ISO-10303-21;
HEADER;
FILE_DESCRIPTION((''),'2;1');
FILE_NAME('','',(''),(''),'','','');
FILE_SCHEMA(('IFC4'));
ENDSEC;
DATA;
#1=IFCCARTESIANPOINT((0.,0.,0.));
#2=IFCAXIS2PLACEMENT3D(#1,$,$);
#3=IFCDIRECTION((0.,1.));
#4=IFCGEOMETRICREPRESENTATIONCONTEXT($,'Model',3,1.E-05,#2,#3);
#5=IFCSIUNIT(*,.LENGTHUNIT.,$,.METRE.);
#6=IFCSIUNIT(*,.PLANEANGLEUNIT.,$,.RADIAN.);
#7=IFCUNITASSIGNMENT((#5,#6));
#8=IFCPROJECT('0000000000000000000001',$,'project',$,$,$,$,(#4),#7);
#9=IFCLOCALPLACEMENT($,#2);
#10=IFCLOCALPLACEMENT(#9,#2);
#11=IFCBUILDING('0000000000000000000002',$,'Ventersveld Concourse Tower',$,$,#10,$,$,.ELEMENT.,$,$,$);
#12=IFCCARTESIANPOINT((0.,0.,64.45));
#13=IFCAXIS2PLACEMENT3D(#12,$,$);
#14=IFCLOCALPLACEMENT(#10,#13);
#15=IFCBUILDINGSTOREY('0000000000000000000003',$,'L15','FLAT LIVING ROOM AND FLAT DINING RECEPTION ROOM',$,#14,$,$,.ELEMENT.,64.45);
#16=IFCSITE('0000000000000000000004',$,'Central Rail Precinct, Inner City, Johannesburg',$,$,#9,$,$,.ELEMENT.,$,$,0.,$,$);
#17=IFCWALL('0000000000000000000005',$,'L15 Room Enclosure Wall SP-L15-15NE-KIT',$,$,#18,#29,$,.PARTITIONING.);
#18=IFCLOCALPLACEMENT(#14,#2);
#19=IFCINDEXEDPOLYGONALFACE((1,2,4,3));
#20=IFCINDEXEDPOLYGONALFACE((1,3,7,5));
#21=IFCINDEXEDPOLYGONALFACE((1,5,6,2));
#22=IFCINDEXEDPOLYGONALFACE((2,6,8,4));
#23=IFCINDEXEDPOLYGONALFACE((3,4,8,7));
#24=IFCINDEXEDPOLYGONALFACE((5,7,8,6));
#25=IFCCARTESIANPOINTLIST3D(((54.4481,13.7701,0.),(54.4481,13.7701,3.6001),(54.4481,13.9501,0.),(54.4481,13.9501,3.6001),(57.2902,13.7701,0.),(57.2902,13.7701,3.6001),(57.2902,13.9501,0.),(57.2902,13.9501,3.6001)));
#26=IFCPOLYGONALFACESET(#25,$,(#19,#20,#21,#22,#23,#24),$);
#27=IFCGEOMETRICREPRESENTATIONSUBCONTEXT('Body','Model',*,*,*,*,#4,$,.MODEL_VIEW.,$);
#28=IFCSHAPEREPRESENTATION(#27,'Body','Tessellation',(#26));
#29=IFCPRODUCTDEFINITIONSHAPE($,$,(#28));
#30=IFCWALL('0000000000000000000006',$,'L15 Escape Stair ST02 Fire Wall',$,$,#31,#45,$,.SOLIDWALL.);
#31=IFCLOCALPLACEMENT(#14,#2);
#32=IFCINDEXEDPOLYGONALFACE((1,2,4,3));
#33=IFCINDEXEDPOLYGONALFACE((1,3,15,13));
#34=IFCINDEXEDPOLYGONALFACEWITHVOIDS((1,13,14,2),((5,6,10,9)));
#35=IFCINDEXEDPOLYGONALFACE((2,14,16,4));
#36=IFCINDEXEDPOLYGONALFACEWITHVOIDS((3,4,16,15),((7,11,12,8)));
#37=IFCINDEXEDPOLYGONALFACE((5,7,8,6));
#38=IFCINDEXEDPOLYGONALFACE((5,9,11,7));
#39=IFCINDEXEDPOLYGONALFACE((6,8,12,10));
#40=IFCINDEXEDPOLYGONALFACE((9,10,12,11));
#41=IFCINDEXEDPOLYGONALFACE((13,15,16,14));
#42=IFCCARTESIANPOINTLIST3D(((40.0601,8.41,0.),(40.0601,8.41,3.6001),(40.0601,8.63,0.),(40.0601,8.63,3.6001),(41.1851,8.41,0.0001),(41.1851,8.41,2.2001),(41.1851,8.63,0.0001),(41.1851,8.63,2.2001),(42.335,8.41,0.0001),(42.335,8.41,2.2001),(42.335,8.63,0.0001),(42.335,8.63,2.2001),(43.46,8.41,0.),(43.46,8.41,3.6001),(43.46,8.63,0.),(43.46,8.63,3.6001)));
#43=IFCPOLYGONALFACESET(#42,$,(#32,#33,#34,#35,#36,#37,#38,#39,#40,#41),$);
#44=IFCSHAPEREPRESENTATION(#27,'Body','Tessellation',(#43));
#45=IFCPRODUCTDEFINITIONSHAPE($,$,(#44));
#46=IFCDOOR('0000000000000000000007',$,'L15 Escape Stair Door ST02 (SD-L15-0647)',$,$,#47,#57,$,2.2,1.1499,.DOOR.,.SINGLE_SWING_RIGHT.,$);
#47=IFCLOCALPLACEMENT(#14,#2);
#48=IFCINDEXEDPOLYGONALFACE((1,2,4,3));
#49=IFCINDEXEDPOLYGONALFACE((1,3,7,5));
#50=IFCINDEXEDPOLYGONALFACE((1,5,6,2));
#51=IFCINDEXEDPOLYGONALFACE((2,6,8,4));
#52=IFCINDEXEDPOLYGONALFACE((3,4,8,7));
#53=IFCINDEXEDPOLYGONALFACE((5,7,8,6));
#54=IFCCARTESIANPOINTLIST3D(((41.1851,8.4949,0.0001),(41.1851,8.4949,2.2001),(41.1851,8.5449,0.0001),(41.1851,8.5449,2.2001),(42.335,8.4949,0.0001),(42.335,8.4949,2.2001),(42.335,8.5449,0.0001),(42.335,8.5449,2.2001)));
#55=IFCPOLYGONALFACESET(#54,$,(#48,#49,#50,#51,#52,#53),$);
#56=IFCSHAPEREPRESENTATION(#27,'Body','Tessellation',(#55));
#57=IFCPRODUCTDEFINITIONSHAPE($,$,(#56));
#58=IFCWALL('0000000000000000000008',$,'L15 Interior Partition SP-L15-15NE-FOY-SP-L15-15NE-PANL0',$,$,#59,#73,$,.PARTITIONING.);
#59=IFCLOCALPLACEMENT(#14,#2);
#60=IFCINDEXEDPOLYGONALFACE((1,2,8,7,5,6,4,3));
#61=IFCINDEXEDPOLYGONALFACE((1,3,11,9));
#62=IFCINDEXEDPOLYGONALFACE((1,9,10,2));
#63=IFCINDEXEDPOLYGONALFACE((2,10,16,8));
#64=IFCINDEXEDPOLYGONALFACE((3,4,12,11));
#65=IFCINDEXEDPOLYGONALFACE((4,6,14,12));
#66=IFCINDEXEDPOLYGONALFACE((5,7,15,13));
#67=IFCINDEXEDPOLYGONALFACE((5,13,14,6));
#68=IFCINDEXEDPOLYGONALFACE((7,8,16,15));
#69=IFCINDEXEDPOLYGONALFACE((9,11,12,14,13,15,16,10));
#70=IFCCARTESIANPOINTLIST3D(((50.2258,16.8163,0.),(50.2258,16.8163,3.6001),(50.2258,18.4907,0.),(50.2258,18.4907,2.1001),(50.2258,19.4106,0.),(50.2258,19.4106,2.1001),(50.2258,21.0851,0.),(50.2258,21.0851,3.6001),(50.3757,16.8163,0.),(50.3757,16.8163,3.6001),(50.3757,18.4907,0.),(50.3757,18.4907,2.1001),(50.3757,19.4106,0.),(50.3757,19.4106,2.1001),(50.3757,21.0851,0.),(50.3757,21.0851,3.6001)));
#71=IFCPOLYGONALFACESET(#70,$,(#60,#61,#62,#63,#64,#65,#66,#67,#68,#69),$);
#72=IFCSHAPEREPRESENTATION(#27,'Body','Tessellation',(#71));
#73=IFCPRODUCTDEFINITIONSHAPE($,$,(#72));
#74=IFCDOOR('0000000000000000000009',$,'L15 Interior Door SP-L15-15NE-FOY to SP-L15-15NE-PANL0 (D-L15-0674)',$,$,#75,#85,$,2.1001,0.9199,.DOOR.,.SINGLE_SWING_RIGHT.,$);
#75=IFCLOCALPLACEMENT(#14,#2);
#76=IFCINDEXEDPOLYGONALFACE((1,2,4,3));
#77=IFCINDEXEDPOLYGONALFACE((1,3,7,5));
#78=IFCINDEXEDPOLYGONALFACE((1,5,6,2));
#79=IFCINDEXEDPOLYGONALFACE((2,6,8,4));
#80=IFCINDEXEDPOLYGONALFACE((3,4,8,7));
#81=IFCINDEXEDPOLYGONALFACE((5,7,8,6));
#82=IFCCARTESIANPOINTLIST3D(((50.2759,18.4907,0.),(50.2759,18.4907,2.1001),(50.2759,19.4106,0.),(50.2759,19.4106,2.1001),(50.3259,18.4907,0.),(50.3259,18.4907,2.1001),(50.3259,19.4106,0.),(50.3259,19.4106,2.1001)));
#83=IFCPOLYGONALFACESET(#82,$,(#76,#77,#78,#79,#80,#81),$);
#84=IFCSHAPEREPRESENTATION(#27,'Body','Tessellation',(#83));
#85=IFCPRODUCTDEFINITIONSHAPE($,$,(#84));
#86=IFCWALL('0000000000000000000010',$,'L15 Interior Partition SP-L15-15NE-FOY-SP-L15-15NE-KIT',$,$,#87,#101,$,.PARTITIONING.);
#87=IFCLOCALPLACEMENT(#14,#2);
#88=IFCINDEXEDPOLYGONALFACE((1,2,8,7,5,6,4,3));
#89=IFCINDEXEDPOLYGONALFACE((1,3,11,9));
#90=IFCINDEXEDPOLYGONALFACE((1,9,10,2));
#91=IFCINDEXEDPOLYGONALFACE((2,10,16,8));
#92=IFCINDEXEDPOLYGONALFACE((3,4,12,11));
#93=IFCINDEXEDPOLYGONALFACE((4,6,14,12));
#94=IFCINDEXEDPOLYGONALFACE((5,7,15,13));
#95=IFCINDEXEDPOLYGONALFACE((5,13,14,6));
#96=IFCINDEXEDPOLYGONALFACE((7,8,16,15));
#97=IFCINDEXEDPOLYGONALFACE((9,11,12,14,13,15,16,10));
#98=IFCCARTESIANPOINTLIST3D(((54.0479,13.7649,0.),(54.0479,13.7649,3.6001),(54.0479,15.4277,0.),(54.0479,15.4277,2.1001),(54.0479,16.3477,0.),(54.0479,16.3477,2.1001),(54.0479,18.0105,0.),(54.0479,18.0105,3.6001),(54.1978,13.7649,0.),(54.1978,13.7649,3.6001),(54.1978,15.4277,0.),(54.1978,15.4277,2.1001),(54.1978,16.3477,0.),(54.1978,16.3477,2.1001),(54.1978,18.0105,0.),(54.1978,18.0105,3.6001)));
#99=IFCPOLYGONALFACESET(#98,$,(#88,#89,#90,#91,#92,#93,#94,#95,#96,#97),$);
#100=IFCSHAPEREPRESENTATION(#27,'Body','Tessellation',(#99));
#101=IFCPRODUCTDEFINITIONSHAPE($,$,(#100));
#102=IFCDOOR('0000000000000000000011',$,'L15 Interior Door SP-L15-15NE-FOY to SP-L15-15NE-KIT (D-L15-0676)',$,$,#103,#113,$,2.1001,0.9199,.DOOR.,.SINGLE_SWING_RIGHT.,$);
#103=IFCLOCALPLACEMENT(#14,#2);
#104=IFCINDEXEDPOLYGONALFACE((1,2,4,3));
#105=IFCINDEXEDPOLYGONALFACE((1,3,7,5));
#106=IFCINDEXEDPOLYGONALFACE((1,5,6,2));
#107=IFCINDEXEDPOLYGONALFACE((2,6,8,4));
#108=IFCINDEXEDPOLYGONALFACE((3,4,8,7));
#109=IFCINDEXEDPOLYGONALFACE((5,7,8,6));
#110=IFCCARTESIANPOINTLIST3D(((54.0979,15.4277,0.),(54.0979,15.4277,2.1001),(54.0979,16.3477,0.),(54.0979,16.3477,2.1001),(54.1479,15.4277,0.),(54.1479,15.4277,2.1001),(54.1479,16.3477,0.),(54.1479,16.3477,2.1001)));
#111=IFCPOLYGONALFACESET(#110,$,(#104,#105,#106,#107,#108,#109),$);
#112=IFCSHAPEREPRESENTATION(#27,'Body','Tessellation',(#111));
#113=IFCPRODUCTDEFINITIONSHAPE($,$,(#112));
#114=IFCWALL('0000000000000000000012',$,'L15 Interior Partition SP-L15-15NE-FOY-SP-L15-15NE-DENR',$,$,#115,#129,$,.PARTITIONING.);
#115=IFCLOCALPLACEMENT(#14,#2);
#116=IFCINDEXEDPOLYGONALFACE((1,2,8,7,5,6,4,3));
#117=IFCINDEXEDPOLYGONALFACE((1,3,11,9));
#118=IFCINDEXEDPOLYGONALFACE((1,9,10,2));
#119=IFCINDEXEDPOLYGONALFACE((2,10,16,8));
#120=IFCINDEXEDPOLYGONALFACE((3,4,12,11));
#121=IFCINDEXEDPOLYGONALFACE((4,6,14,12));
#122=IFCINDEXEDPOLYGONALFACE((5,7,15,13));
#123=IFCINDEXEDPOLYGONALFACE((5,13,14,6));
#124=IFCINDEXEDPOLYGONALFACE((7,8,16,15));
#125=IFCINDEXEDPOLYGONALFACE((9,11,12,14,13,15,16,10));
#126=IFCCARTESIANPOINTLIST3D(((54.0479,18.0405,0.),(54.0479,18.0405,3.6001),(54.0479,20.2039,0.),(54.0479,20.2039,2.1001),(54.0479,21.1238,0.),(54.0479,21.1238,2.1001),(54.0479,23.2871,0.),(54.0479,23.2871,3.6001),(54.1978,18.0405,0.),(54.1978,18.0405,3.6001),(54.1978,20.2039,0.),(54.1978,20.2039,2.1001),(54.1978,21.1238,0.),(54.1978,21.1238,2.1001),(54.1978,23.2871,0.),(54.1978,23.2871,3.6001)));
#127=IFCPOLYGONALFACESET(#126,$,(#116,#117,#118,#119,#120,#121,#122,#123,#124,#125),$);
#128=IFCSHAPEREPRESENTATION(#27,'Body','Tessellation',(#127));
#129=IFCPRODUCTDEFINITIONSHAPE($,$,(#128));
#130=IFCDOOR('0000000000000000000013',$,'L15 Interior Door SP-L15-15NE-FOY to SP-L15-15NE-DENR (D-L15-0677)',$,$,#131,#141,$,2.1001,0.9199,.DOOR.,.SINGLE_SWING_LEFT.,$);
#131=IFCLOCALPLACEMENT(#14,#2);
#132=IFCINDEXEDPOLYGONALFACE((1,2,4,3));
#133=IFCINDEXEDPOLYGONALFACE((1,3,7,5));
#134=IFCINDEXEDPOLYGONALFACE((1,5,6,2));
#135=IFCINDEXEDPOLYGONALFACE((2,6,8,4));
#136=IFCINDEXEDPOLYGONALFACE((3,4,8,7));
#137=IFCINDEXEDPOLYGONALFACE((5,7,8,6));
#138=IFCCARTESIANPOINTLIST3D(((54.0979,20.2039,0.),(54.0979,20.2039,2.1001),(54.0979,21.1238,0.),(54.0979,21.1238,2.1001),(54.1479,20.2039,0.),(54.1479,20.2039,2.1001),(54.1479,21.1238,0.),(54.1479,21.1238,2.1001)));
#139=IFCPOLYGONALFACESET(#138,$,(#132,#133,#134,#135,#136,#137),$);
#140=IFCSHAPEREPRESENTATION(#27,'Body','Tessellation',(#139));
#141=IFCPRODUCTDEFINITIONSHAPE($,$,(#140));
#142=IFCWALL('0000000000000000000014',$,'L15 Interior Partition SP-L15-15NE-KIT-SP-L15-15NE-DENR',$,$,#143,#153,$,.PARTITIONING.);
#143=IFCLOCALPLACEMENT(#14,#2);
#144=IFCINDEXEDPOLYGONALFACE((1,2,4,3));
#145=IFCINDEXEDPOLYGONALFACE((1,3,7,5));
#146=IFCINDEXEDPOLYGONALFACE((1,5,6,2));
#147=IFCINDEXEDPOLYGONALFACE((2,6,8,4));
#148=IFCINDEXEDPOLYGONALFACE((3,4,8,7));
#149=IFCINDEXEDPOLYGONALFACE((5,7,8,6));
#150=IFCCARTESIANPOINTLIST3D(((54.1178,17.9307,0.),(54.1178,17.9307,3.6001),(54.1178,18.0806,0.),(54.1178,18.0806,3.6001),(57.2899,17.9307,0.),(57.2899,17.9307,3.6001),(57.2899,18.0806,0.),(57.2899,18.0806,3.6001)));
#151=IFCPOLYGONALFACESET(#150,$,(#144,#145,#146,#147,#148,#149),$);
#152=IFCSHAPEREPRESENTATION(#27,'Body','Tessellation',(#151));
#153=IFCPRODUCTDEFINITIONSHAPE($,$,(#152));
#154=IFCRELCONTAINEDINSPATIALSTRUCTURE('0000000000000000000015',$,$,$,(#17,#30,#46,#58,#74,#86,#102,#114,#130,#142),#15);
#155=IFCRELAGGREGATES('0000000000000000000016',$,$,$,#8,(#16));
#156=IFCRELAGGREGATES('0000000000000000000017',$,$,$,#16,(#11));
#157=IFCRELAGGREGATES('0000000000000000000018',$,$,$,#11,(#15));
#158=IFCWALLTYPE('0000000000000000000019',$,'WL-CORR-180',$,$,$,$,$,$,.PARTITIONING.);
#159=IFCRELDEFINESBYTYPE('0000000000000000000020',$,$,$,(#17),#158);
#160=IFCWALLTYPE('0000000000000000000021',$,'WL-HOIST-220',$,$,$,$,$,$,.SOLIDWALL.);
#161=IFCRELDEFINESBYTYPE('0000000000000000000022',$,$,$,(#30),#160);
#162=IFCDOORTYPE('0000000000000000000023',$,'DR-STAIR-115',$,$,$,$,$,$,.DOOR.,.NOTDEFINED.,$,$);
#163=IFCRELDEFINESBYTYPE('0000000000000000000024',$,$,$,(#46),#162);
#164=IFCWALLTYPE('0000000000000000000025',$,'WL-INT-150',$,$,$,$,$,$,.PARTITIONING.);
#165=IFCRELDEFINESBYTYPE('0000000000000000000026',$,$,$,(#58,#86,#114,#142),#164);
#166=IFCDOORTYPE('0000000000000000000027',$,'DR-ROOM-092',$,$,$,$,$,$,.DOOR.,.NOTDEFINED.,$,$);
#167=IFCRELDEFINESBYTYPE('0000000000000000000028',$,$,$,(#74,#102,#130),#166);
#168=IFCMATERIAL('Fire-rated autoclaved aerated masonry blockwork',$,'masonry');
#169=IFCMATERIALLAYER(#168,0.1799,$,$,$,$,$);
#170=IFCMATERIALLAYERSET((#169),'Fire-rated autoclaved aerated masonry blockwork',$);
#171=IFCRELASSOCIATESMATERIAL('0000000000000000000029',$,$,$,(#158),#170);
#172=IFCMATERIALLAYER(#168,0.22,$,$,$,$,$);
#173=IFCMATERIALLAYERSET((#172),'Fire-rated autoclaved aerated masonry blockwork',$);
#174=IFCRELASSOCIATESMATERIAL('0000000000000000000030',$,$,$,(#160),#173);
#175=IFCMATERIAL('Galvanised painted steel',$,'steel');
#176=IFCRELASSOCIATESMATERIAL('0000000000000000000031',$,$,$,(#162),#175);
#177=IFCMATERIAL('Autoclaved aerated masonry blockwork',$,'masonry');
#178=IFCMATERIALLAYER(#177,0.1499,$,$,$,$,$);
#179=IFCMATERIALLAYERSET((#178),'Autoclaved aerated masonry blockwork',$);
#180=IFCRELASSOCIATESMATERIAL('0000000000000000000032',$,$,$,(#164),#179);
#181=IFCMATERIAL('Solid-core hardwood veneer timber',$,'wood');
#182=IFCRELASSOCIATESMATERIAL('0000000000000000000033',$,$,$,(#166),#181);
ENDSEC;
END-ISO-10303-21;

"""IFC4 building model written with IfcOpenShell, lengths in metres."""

from ifc_helpers import new_model, si_unit, direction, frame, frame_2d, origin, place, context, subcontext, project, spatial, rectangle, extrude, material, layer, layer_set, type_object, element, fill, save


model = new_model("IFC4")

# Units and contexts
model_context = context("Model", 3, precision=1e-05, world=origin(), true_north=direction((0.0, 1.0)))
body_context = subcontext(model_context, "Body", "Model", "MODEL_VIEW")
ifc_project = project(units=[si_unit("LENGTHUNIT", "METRE"), si_unit("PLANEANGLEUNIT", "RADIAN")], contexts=[model_context])

# Site, building, storey
site_placement = place(None, origin())
site = spatial("IfcSite", under=ifc_project, at=site_placement, Name="Central Rail Precinct, Inner City, Johannesburg", CompositionType="ELEMENT", RefElevation=0.0)
building_placement = place(site_placement, origin())
building = spatial("IfcBuilding", under=site, at=building_placement, Name="Ventersveld Concourse Tower", CompositionType="ELEMENT")
storey_placement = place(building_placement, frame((0.0, 0.0, 64.45)))
storey = spatial("IfcBuildingStorey", under=building, at=storey_placement, Name="L15", Description="FLAT LIVING ROOM AND FLAT DINING RECEPTION ROOM", CompositionType="ELEMENT", Elevation=64.45)

# Shared definitions
ifc_material_1 = material(Name="Fire-rated autoclaved aerated masonry blockwork", Category="masonry")
ifc_layer_1 = layer(ifc_material_1, 0.1799)
ifc_layer_set_1 = layer_set([ifc_layer_1], Name="Fire-rated autoclaved aerated masonry blockwork")
wall_type_1 = type_object("IfcWallType", Name="WL-CORR-180", PredefinedType="PARTITIONING", material=ifc_layer_set_1)
ifc_material_2 = material(Name="Solid-core hardwood veneer timber", Category="wood")

# Wall
wall_1_placement = place(storey_placement, frame((57.29, 13.8601, 0.0), z_axis=(0.0, 0.0, 1.0), x_axis=(-1.0, 0.0, 0.0)))
element("IfcWall", 1, at=wall_1_placement, inside=storey, type_object=wall_type_1, Name="L15 Room Enclosure Wall SP-L15-15NE-KIT", PredefinedType="PARTITIONING", context=body_context, shape_type="SweptSolid", body=[
    extrude(rectangle(XDim=2.842, YDim=0.1799, at=frame_2d((1.4209, 0.0))), origin(), (0.0, 0.0, 1.0), 3.6001),
])

# Walls, openings, doors
ifc_layer_2 = layer(ifc_material_1, 0.22)
ifc_layer_set_2 = layer_set([ifc_layer_2], Name="Fire-rated autoclaved aerated masonry blockwork")
wall_type_2 = type_object("IfcWallType", Name="WL-HOIST-220", PredefinedType="SOLIDWALL", material=ifc_layer_set_2)
wall_2_placement = place(storey_placement, frame((40.0601, 8.52, 0.0), z_axis=(0.0, 0.0, 1.0), x_axis=(1.0, 0.0, 0.0)))
wall_2 = element("IfcWall", 2, at=wall_2_placement, inside=storey, type_object=wall_type_2, Name="L15 Escape Stair ST02 Fire Wall", PredefinedType="SOLIDWALL", context=body_context, shape_type="SweptSolid", body=[
    extrude(rectangle(XDim=3.3999, YDim=0.22, at=frame_2d((1.7, 0.0))), origin(), (0.0, 0.0, 1.0), 3.6001),
])
opening_1_placement = place(wall_2_placement, frame((1.125, 0.0, 0.0)))
opening_1 = element("IfcOpeningElement", 3, at=opening_1_placement, cuts=wall_2, PredefinedType="OPENING", context=body_context, shape_type="SweptSolid", body=[
    extrude(rectangle(XDim=1.1499, YDim=2.2, at=frame_2d((0.575, 1.1001))), frame((0.0, 0.1201, 0.0), z_axis=(0.0, -1.0, 0.0), x_axis=(1.0, 0.0, 0.0)), (0.0, 0.0, 1.0), 0.24),
])
ifc_material_3 = material(Name="Galvanised painted steel", Category="steel")
door_type_1 = type_object("IfcDoorType", Name="DR-STAIR-115", OperationType="NOTDEFINED", PredefinedType="DOOR", material=ifc_material_3)
door_1_placement = place(opening_1_placement, origin())
door_1 = element("IfcDoor", 4, at=door_1_placement, inside=storey, type_object=door_type_1, Name="L15 Escape Stair Door ST02 (SD-L15-0647)", OperationType="SINGLE_SWING_RIGHT", OverallHeight=2.2, OverallWidth=1.1499, PredefinedType="DOOR", context=body_context, shape_type="SweptSolid", body=[
    extrude(rectangle(XDim=1.1499, YDim=2.2, at=frame_2d((0.575, 1.1001))), frame((0.0, 0.0249, 0.0), z_axis=(0.0, -1.0, 0.0), x_axis=(1.0, 0.0, 0.0)), (0.0, 0.0, 1.0), 0.05),
])
fill(opening_1, door_1)
ifc_material_4 = material(Name="Autoclaved aerated masonry blockwork", Category="masonry")
ifc_layer_3 = layer(ifc_material_4, 0.1499)
ifc_layer_set_3 = layer_set([ifc_layer_3], Name="Autoclaved aerated masonry blockwork")
wall_type_3 = type_object("IfcWallType", Name="WL-INT-150", PredefinedType="PARTITIONING", material=ifc_layer_set_3)
wall_3_placement = place(storey_placement, frame((50.3008, 16.8164, 0.0), z_axis=(0.0, 0.0, 1.0), x_axis=(0.0, 1.0, 0.0)))
wall_3 = element("IfcWall", 5, at=wall_3_placement, inside=storey, type_object=wall_type_3, Name="L15 Interior Partition SP-L15-15NE-FOY-SP-L15-15NE-PANL0", PredefinedType="PARTITIONING", context=body_context, shape_type="SweptSolid", body=[
    extrude(rectangle(XDim=4.2688, YDim=0.1499, at=frame_2d((2.1343, 0.0))), origin(), (0.0, 0.0, 1.0), 3.6001),
])
opening_2_placement = place(wall_3_placement, frame((1.6743, 0.0, 0.0)))
opening_2 = element("IfcOpeningElement", 6, at=opening_2_placement, cuts=wall_3, PredefinedType="OPENING", context=body_context, shape_type="SweptSolid", body=[
    extrude(rectangle(XDim=0.9199, YDim=2.1001, at=frame_2d((0.46, 1.05))), frame((0.0, 0.085, 0.0), z_axis=(0.0, -1.0, 0.0), x_axis=(1.0, 0.0, 0.0)), (0.0, 0.0, 1.0), 0.1699),
])
door_type_2 = type_object("IfcDoorType", Name="DR-ROOM-092", OperationType="NOTDEFINED", PredefinedType="DOOR", material=ifc_material_2)
door_2_placement = place(opening_2_placement, origin())
door_2 = element("IfcDoor", 7, at=door_2_placement, inside=storey, type_object=door_type_2, Name="L15 Interior Door SP-L15-15NE-FOY to SP-L15-15NE-PANL0 (D-L15-0674)", OperationType="SINGLE_SWING_RIGHT", OverallHeight=2.1001, OverallWidth=0.9199, PredefinedType="DOOR", context=body_context, shape_type="SweptSolid", body=[
    extrude(rectangle(XDim=0.9199, YDim=2.1001, at=frame_2d((0.46, 1.05))), frame((0.0, 0.0249, 0.0), z_axis=(0.0, -1.0, 0.0), x_axis=(1.0, 0.0, 0.0)), (0.0, 0.0, 1.0), 0.05),
])
fill(opening_2, door_2)
wall_4_placement = place(storey_placement, frame((54.1228, 13.7649, 0.0), z_axis=(0.0, 0.0, 1.0), x_axis=(0.0, 1.0, 0.0)))
wall_4 = element("IfcWall", 8, at=wall_4_placement, inside=storey, type_object=wall_type_3, Name="L15 Interior Partition SP-L15-15NE-FOY-SP-L15-15NE-KIT", PredefinedType="PARTITIONING", context=body_context, shape_type="SweptSolid", body=[
    extrude(rectangle(XDim=4.2456, YDim=0.1499, at=frame_2d((2.1228, 0.0))), origin(), (0.0, 0.0, 1.0), 3.6001),
])
opening_3_placement = place(wall_4_placement, frame((1.6628, 0.0, 0.0)))
opening_3 = element("IfcOpeningElement", 9, at=opening_3_placement, cuts=wall_4, PredefinedType="OPENING", context=body_context, shape_type="SweptSolid", body=[
    extrude(rectangle(XDim=0.9199, YDim=2.1001, at=frame_2d((0.46, 1.05))), frame((0.0, 0.085, 0.0), z_axis=(0.0, -1.0, 0.0), x_axis=(1.0, 0.0, 0.0)), (0.0, 0.0, 1.0), 0.1699),
])
door_3_placement = place(opening_3_placement, origin())
door_3 = element("IfcDoor", 10, at=door_3_placement, inside=storey, type_object=door_type_2, Name="L15 Interior Door SP-L15-15NE-FOY to SP-L15-15NE-KIT (D-L15-0676)", OperationType="SINGLE_SWING_RIGHT", OverallHeight=2.1001, OverallWidth=0.9199, PredefinedType="DOOR", context=body_context, shape_type="SweptSolid", body=[
    extrude(rectangle(XDim=0.9199, YDim=2.1001, at=frame_2d((0.46, 1.05))), frame((0.0, 0.0249, 0.0), z_axis=(0.0, -1.0, 0.0), x_axis=(1.0, 0.0, 0.0)), (0.0, 0.0, 1.0), 0.05),
])
fill(opening_3, door_3)
wall_5_placement = place(storey_placement, frame((54.1228, 18.0405, 0.0), z_axis=(0.0, 0.0, 1.0), x_axis=(0.0, 1.0, 0.0)))
wall_5 = element("IfcWall", 11, at=wall_5_placement, inside=storey, type_object=wall_type_3, Name="L15 Interior Partition SP-L15-15NE-FOY-SP-L15-15NE-DENR", PredefinedType="PARTITIONING", context=body_context, shape_type="SweptSolid", body=[
    extrude(rectangle(XDim=5.2466, YDim=0.1499, at=frame_2d((2.6233, 0.0))), origin(), (0.0, 0.0, 1.0), 3.6001),
])
opening_4_placement = place(wall_5_placement, frame((2.1633, 0.0, 0.0)))
opening_4 = element("IfcOpeningElement", 12, at=opening_4_placement, cuts=wall_5, PredefinedType="OPENING", context=body_context, shape_type="SweptSolid", body=[
    extrude(rectangle(XDim=0.9199, YDim=2.1001, at=frame_2d((0.46, 1.05))), frame((0.0, 0.085, 0.0), z_axis=(0.0, -1.0, 0.0), x_axis=(1.0, 0.0, 0.0)), (0.0, 0.0, 1.0), 0.1699),
])
door_4_placement = place(opening_4_placement, origin())
door_4 = element("IfcDoor", 13, at=door_4_placement, inside=storey, type_object=door_type_2, Name="L15 Interior Door SP-L15-15NE-FOY to SP-L15-15NE-DENR (D-L15-0677)", OperationType="SINGLE_SWING_LEFT", OverallHeight=2.1001, OverallWidth=0.9199, PredefinedType="DOOR", context=body_context, shape_type="SweptSolid", body=[
    extrude(rectangle(XDim=0.9199, YDim=2.1001, at=frame_2d((0.46, 1.05))), frame((0.0, 0.0249, 0.0), z_axis=(0.0, -1.0, 0.0), x_axis=(1.0, 0.0, 0.0)), (0.0, 0.0, 1.0), 0.05),
])
fill(opening_4, door_4)

# Wall
wall_6_placement = place(storey_placement, frame((54.1179, 18.0056, 0.0), z_axis=(0.0, 0.0, 1.0), x_axis=(1.0, 0.0, 0.0)))
element("IfcWall", 14, at=wall_6_placement, inside=storey, type_object=wall_type_3, Name="L15 Interior Partition SP-L15-15NE-KIT-SP-L15-15NE-DENR", PredefinedType="PARTITIONING", context=body_context, shape_type="SweptSolid", body=[
    extrude(rectangle(XDim=3.1721, YDim=0.1499, at=frame_2d((1.5859, 0.0))), origin(), (0.0, 0.0, 1.0), 3.6001),
])

save(model, "model.ifc")
